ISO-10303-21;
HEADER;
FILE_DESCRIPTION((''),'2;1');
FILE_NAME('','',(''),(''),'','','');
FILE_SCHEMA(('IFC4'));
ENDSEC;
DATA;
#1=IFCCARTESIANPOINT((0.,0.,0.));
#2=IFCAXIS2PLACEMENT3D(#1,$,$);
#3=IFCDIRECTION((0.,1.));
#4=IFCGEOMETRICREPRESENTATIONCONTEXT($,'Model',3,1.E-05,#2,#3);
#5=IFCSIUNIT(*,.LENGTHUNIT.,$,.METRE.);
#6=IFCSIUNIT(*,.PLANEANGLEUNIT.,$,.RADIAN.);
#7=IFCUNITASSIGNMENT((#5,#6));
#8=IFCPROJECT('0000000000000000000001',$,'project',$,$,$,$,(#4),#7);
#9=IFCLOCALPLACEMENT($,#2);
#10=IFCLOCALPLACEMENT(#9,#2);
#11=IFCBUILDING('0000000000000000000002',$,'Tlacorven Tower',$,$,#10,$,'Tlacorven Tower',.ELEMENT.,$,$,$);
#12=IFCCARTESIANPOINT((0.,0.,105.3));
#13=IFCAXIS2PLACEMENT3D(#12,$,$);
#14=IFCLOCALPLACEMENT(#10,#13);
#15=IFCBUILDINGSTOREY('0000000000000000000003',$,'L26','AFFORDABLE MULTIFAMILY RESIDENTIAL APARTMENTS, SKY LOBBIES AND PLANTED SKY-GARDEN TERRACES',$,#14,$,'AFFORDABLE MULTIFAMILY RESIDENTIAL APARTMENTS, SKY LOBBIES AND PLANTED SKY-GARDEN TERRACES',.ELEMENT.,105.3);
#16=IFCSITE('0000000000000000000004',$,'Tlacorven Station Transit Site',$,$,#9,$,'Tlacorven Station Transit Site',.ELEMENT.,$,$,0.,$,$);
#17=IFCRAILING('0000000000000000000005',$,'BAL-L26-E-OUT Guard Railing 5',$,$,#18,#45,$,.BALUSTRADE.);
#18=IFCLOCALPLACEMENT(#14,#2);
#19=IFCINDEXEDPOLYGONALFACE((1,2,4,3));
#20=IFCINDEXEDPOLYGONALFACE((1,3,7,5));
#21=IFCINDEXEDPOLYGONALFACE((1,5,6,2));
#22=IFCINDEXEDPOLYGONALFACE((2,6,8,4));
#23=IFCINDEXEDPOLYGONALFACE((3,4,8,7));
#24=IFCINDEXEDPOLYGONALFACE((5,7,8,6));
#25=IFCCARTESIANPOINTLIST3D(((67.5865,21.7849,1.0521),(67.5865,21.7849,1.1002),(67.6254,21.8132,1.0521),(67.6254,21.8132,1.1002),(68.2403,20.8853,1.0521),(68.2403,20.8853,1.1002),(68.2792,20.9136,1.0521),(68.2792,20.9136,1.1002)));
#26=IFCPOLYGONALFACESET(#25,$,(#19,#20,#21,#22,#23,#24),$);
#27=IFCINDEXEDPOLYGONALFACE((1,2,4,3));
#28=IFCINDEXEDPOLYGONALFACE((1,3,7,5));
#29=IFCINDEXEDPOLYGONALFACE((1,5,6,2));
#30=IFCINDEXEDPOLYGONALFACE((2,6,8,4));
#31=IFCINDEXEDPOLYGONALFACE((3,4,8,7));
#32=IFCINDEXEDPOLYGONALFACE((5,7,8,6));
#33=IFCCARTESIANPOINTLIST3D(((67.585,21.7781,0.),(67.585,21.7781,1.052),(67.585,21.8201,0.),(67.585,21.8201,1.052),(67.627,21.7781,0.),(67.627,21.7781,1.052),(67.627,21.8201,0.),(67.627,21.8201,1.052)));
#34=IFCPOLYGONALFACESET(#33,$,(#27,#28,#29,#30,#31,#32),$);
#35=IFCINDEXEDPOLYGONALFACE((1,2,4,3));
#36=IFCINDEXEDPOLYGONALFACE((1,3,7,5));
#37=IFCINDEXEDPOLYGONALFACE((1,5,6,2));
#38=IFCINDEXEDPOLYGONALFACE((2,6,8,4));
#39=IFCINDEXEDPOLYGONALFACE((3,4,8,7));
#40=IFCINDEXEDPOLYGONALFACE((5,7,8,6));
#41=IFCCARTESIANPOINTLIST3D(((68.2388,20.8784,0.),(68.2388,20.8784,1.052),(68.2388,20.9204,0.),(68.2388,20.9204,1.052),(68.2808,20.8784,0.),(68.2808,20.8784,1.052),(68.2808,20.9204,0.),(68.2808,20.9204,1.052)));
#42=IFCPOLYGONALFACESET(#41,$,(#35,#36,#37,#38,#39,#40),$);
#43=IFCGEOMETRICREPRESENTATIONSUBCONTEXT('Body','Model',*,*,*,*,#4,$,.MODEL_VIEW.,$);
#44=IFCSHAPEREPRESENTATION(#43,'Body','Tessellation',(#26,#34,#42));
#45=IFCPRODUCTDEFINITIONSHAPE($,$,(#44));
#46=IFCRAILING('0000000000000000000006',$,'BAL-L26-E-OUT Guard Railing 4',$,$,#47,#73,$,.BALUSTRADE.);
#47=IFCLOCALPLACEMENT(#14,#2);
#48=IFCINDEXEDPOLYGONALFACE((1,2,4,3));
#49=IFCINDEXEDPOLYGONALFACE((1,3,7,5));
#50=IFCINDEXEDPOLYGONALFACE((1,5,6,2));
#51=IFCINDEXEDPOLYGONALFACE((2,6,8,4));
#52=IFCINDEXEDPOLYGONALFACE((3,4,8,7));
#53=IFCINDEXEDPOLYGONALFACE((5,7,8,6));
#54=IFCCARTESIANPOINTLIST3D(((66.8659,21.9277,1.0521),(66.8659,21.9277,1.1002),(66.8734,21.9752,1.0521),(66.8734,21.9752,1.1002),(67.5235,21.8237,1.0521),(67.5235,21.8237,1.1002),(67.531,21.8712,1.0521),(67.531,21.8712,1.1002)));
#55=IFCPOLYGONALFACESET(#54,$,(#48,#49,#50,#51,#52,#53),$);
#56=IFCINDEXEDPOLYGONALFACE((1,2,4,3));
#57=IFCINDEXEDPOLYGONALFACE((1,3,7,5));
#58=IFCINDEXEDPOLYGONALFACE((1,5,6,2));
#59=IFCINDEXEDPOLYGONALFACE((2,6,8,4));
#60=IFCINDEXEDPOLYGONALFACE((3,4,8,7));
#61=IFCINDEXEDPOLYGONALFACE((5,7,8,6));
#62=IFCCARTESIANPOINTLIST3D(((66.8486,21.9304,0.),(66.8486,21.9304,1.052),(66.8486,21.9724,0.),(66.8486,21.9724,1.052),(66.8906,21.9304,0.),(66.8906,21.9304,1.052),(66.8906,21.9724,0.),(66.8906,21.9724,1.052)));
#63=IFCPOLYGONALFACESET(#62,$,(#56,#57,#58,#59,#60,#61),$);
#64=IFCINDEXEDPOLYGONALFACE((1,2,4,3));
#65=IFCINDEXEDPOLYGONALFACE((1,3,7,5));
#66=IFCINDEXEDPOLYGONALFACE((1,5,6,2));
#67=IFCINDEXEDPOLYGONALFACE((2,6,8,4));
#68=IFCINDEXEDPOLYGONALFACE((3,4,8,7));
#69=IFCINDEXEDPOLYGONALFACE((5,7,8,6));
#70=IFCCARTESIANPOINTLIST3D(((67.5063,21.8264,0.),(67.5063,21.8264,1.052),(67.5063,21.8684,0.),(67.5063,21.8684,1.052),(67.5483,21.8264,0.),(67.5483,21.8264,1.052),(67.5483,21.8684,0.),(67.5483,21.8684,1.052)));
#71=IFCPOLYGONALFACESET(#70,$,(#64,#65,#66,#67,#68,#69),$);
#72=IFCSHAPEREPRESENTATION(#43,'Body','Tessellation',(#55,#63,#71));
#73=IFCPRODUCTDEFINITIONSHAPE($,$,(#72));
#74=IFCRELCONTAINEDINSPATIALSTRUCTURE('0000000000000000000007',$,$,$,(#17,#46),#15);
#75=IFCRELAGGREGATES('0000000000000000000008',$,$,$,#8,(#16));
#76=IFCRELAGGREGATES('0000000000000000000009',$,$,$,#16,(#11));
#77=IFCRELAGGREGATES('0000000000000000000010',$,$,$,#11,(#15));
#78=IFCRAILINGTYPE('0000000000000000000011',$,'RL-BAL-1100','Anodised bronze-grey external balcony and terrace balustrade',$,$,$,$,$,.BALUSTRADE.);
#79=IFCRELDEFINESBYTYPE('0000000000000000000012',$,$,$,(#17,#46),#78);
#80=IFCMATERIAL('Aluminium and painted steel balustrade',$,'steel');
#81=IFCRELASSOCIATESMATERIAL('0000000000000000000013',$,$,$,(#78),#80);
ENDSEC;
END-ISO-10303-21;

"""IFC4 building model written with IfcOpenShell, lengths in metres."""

from ifc_helpers import new_model, si_unit, direction, frame, origin, origin_2d, place, context, subcontext, project, spatial, rectangle, extrude, source, transform, mapped, material, type_object, element, save


model = new_model("IFC4")

# Units and contexts
model_context = context("Model", 3, precision=1e-05, world=origin(), true_north=direction((0.0, 1.0)))
body_context = subcontext(model_context, "Body", "Model", "MODEL_VIEW")
ifc_project = project(units=[si_unit("LENGTHUNIT", "METRE"), si_unit("PLANEANGLEUNIT", "RADIAN")], contexts=[model_context])

# Site, building, storey
site_placement = place(None, origin())
site = spatial("IfcSite", under=ifc_project, at=site_placement, Name="Tlacorven Station Transit Site", LongName="Tlacorven Station Transit Site", CompositionType="ELEMENT", RefElevation=0.0)
building_placement = place(site_placement, origin())
building = spatial("IfcBuilding", under=site, at=building_placement, Name="Tlacorven Tower", LongName="Tlacorven Tower", CompositionType="ELEMENT")
storey_placement = place(building_placement, frame((0.0, 0.0, 105.3)))
storey = spatial("IfcBuildingStorey", under=building, at=storey_placement, Name="L26", Description="AFFORDABLE MULTIFAMILY RESIDENTIAL APARTMENTS, SKY LOBBIES AND PLANTED SKY-GARDEN TERRACES", LongName="AFFORDABLE MULTIFAMILY RESIDENTIAL APARTMENTS, SKY LOBBIES AND PLANTED SKY-GARDEN TERRACES", CompositionType="ELEMENT", Elevation=105.3)

# Railings
ifc_material_1 = material(Name="Aluminium and painted steel balustrade", Category="steel")
railing_type = type_object("IfcRailingType", Name="RL-BAL-1100", Description="Anodised bronze-grey external balcony and terrace balustrade", PredefinedType="BALUSTRADE", material=ifc_material_1)
shared_shape_1 = source(origin(), body_context, "Body", "SweptSolid", [
    extrude(rectangle(XDim=0.0481, YDim=0.0481, at=origin_2d()), frame((0.0, 0.0, 1.0762), z_axis=(0.587884, -0.808945, 0.0), x_axis=(0.808945, 0.587884, 0.0)), (0.0, 0.0, 1.0), 1.1121),
    extrude(rectangle(XDim=0.042, YDim=0.042, at=origin_2d()), origin(), (0.0, 0.0, 1.0), 1.052),
    extrude(rectangle(XDim=0.042, YDim=0.042, at=origin_2d()), frame((0.6538, -0.8997, 0.0)), (0.0, 0.0, 1.0), 1.052),
])
railing_1_placement = place(storey_placement, frame((67.606, 21.7991, 0.0)))
element("IfcRailing", 1, at=railing_1_placement, inside=storey, type_object=railing_type, Name="BAL-L26-E-OUT Guard Railing 5", PredefinedType="BALUSTRADE", context=body_context, shape_type="MappedRepresentation", body=[
    mapped(shared_shape_1, transform((0.0, 0.0, 0.0), scale=1.0)),
])
shared_shape_2 = source(origin(), body_context, "Body", "SweptSolid", [
    extrude(rectangle(XDim=0.0481, YDim=0.0481, at=origin_2d()), frame((0.0, 0.0, 1.0762), z_axis=(0.987727, -0.156188, 0.0), x_axis=(0.156188, 0.987727, 0.0)), (0.0, 0.0, 1.0), 0.6658),
    extrude(rectangle(XDim=0.042, YDim=0.042, at=origin_2d()), origin(), (0.0, 0.0, 1.0), 1.052),
    extrude(rectangle(XDim=0.042, YDim=0.042, at=origin_2d()), frame((0.6577, -0.104, 0.0)), (0.0, 0.0, 1.0), 1.052),
])
railing_2_placement = place(storey_placement, frame((66.8696, 21.9514, 0.0)))
element("IfcRailing", 2, at=railing_2_placement, inside=storey, type_object=railing_type, Name="BAL-L26-E-OUT Guard Railing 4", PredefinedType="BALUSTRADE", context=body_context, shape_type="MappedRepresentation", body=[
    mapped(shared_shape_2, transform((0.0, 0.0, 0.0), scale=1.0)),
])

save(model, "model.ifc")
